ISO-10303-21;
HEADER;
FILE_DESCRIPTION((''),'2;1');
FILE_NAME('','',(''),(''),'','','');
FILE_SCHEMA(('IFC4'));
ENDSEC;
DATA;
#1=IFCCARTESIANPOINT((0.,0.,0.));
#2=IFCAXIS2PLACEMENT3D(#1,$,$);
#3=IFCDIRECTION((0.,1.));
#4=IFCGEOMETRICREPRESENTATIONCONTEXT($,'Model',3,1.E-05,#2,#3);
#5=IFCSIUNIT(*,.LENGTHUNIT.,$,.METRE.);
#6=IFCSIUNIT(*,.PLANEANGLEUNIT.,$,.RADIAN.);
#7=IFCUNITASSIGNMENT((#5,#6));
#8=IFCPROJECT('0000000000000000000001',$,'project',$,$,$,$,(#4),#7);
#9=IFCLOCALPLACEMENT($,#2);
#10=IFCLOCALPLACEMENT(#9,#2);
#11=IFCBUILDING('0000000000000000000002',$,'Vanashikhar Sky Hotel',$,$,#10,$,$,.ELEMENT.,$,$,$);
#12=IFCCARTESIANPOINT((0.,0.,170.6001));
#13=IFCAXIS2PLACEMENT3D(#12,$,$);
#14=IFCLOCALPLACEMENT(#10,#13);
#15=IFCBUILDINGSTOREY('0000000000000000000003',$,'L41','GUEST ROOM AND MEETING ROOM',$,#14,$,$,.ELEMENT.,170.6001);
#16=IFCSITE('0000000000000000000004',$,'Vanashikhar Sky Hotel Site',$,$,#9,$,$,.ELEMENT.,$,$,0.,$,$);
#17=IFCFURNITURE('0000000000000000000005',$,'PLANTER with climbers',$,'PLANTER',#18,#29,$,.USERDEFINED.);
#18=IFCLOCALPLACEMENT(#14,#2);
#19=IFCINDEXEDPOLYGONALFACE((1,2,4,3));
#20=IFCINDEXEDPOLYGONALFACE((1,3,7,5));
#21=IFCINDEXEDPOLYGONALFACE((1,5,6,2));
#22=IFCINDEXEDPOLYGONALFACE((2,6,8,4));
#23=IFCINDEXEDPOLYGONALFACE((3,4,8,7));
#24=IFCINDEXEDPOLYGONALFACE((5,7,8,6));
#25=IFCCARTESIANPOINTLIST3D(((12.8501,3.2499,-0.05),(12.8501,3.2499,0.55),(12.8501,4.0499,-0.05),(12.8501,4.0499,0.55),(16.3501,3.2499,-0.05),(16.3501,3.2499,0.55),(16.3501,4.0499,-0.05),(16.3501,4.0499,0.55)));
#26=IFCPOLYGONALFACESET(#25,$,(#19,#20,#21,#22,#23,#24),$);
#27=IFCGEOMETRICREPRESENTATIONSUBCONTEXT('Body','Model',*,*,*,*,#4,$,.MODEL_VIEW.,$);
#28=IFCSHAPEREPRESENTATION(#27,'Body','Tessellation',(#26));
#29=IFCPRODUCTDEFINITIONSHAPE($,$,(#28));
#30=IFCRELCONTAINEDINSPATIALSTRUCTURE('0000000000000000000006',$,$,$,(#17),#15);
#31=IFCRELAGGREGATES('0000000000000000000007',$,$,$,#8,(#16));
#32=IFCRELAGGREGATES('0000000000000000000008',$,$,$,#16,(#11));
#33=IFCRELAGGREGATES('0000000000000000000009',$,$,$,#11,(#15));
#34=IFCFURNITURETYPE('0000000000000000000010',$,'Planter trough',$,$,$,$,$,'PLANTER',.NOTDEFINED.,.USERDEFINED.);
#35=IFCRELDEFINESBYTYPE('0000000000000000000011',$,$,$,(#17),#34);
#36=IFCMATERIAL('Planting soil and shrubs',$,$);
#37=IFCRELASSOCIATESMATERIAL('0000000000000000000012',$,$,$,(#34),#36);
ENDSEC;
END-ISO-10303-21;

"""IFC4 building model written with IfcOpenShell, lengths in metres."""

from ifc_helpers import new_model, si_unit, direction, frame, origin, origin_2d, place, context, subcontext, project, spatial, rectangle, extrude, source, transform, mapped, material, type_object, element, save


model = new_model("IFC4")

# Units and contexts
model_context = context("Model", 3, precision=1e-05, world=origin(), true_north=direction((0.0, 1.0)))
body_context = subcontext(model_context, "Body", "Model", "MODEL_VIEW")
ifc_project = project(units=[si_unit("LENGTHUNIT", "METRE"), si_unit("PLANEANGLEUNIT", "RADIAN")], contexts=[model_context])

# Site, building, storey
site_placement = place(None, origin())
site = spatial("IfcSite", under=ifc_project, at=site_placement, Name="Vanashikhar Sky Hotel Site", CompositionType="ELEMENT", RefElevation=0.0)
building_placement = place(site_placement, origin())
building = spatial("IfcBuilding", under=site, at=building_placement, Name="Vanashikhar Sky Hotel", CompositionType="ELEMENT")
storey_placement = place(building_placement, frame((0.0, 0.0, 170.6001)))
storey = spatial("IfcBuildingStorey", under=building, at=storey_placement, Name="L41", Description="GUEST ROOM AND MEETING ROOM", CompositionType="ELEMENT", Elevation=170.6001)

# Furniture
ifc_material_1 = material(Name="Planting soil and shrubs")
furniture_type = type_object("IfcFurnitureType", Name="Planter trough", ElementType="PLANTER", AssemblyPlace="NOTDEFINED", PredefinedType="USERDEFINED", material=ifc_material_1)
shared_shape_1 = source(origin(), body_context, "Body", "SweptSolid", [
    extrude(rectangle(XDim=3.5, YDim=0.8, at=origin_2d()), origin(), (0.0, 0.0, 1.0), 0.6001),
])
furniture_placement = place(storey_placement, frame((14.6001, 3.6499, -0.05), z_axis=(0.0, 0.0, 1.0), x_axis=(1.0, 0.0, 0.0)))
element("IfcFurniture", 1, at=furniture_placement, inside=storey, type_object=furniture_type, Name="PLANTER with climbers", ObjectType="PLANTER", PredefinedType="USERDEFINED", context=body_context, shape_type="MappedRepresentation", body=[
    mapped(shared_shape_1, transform((0.0, 0.0, 0.0), scale=1.0)),
])

save(model, "model.ifc")
